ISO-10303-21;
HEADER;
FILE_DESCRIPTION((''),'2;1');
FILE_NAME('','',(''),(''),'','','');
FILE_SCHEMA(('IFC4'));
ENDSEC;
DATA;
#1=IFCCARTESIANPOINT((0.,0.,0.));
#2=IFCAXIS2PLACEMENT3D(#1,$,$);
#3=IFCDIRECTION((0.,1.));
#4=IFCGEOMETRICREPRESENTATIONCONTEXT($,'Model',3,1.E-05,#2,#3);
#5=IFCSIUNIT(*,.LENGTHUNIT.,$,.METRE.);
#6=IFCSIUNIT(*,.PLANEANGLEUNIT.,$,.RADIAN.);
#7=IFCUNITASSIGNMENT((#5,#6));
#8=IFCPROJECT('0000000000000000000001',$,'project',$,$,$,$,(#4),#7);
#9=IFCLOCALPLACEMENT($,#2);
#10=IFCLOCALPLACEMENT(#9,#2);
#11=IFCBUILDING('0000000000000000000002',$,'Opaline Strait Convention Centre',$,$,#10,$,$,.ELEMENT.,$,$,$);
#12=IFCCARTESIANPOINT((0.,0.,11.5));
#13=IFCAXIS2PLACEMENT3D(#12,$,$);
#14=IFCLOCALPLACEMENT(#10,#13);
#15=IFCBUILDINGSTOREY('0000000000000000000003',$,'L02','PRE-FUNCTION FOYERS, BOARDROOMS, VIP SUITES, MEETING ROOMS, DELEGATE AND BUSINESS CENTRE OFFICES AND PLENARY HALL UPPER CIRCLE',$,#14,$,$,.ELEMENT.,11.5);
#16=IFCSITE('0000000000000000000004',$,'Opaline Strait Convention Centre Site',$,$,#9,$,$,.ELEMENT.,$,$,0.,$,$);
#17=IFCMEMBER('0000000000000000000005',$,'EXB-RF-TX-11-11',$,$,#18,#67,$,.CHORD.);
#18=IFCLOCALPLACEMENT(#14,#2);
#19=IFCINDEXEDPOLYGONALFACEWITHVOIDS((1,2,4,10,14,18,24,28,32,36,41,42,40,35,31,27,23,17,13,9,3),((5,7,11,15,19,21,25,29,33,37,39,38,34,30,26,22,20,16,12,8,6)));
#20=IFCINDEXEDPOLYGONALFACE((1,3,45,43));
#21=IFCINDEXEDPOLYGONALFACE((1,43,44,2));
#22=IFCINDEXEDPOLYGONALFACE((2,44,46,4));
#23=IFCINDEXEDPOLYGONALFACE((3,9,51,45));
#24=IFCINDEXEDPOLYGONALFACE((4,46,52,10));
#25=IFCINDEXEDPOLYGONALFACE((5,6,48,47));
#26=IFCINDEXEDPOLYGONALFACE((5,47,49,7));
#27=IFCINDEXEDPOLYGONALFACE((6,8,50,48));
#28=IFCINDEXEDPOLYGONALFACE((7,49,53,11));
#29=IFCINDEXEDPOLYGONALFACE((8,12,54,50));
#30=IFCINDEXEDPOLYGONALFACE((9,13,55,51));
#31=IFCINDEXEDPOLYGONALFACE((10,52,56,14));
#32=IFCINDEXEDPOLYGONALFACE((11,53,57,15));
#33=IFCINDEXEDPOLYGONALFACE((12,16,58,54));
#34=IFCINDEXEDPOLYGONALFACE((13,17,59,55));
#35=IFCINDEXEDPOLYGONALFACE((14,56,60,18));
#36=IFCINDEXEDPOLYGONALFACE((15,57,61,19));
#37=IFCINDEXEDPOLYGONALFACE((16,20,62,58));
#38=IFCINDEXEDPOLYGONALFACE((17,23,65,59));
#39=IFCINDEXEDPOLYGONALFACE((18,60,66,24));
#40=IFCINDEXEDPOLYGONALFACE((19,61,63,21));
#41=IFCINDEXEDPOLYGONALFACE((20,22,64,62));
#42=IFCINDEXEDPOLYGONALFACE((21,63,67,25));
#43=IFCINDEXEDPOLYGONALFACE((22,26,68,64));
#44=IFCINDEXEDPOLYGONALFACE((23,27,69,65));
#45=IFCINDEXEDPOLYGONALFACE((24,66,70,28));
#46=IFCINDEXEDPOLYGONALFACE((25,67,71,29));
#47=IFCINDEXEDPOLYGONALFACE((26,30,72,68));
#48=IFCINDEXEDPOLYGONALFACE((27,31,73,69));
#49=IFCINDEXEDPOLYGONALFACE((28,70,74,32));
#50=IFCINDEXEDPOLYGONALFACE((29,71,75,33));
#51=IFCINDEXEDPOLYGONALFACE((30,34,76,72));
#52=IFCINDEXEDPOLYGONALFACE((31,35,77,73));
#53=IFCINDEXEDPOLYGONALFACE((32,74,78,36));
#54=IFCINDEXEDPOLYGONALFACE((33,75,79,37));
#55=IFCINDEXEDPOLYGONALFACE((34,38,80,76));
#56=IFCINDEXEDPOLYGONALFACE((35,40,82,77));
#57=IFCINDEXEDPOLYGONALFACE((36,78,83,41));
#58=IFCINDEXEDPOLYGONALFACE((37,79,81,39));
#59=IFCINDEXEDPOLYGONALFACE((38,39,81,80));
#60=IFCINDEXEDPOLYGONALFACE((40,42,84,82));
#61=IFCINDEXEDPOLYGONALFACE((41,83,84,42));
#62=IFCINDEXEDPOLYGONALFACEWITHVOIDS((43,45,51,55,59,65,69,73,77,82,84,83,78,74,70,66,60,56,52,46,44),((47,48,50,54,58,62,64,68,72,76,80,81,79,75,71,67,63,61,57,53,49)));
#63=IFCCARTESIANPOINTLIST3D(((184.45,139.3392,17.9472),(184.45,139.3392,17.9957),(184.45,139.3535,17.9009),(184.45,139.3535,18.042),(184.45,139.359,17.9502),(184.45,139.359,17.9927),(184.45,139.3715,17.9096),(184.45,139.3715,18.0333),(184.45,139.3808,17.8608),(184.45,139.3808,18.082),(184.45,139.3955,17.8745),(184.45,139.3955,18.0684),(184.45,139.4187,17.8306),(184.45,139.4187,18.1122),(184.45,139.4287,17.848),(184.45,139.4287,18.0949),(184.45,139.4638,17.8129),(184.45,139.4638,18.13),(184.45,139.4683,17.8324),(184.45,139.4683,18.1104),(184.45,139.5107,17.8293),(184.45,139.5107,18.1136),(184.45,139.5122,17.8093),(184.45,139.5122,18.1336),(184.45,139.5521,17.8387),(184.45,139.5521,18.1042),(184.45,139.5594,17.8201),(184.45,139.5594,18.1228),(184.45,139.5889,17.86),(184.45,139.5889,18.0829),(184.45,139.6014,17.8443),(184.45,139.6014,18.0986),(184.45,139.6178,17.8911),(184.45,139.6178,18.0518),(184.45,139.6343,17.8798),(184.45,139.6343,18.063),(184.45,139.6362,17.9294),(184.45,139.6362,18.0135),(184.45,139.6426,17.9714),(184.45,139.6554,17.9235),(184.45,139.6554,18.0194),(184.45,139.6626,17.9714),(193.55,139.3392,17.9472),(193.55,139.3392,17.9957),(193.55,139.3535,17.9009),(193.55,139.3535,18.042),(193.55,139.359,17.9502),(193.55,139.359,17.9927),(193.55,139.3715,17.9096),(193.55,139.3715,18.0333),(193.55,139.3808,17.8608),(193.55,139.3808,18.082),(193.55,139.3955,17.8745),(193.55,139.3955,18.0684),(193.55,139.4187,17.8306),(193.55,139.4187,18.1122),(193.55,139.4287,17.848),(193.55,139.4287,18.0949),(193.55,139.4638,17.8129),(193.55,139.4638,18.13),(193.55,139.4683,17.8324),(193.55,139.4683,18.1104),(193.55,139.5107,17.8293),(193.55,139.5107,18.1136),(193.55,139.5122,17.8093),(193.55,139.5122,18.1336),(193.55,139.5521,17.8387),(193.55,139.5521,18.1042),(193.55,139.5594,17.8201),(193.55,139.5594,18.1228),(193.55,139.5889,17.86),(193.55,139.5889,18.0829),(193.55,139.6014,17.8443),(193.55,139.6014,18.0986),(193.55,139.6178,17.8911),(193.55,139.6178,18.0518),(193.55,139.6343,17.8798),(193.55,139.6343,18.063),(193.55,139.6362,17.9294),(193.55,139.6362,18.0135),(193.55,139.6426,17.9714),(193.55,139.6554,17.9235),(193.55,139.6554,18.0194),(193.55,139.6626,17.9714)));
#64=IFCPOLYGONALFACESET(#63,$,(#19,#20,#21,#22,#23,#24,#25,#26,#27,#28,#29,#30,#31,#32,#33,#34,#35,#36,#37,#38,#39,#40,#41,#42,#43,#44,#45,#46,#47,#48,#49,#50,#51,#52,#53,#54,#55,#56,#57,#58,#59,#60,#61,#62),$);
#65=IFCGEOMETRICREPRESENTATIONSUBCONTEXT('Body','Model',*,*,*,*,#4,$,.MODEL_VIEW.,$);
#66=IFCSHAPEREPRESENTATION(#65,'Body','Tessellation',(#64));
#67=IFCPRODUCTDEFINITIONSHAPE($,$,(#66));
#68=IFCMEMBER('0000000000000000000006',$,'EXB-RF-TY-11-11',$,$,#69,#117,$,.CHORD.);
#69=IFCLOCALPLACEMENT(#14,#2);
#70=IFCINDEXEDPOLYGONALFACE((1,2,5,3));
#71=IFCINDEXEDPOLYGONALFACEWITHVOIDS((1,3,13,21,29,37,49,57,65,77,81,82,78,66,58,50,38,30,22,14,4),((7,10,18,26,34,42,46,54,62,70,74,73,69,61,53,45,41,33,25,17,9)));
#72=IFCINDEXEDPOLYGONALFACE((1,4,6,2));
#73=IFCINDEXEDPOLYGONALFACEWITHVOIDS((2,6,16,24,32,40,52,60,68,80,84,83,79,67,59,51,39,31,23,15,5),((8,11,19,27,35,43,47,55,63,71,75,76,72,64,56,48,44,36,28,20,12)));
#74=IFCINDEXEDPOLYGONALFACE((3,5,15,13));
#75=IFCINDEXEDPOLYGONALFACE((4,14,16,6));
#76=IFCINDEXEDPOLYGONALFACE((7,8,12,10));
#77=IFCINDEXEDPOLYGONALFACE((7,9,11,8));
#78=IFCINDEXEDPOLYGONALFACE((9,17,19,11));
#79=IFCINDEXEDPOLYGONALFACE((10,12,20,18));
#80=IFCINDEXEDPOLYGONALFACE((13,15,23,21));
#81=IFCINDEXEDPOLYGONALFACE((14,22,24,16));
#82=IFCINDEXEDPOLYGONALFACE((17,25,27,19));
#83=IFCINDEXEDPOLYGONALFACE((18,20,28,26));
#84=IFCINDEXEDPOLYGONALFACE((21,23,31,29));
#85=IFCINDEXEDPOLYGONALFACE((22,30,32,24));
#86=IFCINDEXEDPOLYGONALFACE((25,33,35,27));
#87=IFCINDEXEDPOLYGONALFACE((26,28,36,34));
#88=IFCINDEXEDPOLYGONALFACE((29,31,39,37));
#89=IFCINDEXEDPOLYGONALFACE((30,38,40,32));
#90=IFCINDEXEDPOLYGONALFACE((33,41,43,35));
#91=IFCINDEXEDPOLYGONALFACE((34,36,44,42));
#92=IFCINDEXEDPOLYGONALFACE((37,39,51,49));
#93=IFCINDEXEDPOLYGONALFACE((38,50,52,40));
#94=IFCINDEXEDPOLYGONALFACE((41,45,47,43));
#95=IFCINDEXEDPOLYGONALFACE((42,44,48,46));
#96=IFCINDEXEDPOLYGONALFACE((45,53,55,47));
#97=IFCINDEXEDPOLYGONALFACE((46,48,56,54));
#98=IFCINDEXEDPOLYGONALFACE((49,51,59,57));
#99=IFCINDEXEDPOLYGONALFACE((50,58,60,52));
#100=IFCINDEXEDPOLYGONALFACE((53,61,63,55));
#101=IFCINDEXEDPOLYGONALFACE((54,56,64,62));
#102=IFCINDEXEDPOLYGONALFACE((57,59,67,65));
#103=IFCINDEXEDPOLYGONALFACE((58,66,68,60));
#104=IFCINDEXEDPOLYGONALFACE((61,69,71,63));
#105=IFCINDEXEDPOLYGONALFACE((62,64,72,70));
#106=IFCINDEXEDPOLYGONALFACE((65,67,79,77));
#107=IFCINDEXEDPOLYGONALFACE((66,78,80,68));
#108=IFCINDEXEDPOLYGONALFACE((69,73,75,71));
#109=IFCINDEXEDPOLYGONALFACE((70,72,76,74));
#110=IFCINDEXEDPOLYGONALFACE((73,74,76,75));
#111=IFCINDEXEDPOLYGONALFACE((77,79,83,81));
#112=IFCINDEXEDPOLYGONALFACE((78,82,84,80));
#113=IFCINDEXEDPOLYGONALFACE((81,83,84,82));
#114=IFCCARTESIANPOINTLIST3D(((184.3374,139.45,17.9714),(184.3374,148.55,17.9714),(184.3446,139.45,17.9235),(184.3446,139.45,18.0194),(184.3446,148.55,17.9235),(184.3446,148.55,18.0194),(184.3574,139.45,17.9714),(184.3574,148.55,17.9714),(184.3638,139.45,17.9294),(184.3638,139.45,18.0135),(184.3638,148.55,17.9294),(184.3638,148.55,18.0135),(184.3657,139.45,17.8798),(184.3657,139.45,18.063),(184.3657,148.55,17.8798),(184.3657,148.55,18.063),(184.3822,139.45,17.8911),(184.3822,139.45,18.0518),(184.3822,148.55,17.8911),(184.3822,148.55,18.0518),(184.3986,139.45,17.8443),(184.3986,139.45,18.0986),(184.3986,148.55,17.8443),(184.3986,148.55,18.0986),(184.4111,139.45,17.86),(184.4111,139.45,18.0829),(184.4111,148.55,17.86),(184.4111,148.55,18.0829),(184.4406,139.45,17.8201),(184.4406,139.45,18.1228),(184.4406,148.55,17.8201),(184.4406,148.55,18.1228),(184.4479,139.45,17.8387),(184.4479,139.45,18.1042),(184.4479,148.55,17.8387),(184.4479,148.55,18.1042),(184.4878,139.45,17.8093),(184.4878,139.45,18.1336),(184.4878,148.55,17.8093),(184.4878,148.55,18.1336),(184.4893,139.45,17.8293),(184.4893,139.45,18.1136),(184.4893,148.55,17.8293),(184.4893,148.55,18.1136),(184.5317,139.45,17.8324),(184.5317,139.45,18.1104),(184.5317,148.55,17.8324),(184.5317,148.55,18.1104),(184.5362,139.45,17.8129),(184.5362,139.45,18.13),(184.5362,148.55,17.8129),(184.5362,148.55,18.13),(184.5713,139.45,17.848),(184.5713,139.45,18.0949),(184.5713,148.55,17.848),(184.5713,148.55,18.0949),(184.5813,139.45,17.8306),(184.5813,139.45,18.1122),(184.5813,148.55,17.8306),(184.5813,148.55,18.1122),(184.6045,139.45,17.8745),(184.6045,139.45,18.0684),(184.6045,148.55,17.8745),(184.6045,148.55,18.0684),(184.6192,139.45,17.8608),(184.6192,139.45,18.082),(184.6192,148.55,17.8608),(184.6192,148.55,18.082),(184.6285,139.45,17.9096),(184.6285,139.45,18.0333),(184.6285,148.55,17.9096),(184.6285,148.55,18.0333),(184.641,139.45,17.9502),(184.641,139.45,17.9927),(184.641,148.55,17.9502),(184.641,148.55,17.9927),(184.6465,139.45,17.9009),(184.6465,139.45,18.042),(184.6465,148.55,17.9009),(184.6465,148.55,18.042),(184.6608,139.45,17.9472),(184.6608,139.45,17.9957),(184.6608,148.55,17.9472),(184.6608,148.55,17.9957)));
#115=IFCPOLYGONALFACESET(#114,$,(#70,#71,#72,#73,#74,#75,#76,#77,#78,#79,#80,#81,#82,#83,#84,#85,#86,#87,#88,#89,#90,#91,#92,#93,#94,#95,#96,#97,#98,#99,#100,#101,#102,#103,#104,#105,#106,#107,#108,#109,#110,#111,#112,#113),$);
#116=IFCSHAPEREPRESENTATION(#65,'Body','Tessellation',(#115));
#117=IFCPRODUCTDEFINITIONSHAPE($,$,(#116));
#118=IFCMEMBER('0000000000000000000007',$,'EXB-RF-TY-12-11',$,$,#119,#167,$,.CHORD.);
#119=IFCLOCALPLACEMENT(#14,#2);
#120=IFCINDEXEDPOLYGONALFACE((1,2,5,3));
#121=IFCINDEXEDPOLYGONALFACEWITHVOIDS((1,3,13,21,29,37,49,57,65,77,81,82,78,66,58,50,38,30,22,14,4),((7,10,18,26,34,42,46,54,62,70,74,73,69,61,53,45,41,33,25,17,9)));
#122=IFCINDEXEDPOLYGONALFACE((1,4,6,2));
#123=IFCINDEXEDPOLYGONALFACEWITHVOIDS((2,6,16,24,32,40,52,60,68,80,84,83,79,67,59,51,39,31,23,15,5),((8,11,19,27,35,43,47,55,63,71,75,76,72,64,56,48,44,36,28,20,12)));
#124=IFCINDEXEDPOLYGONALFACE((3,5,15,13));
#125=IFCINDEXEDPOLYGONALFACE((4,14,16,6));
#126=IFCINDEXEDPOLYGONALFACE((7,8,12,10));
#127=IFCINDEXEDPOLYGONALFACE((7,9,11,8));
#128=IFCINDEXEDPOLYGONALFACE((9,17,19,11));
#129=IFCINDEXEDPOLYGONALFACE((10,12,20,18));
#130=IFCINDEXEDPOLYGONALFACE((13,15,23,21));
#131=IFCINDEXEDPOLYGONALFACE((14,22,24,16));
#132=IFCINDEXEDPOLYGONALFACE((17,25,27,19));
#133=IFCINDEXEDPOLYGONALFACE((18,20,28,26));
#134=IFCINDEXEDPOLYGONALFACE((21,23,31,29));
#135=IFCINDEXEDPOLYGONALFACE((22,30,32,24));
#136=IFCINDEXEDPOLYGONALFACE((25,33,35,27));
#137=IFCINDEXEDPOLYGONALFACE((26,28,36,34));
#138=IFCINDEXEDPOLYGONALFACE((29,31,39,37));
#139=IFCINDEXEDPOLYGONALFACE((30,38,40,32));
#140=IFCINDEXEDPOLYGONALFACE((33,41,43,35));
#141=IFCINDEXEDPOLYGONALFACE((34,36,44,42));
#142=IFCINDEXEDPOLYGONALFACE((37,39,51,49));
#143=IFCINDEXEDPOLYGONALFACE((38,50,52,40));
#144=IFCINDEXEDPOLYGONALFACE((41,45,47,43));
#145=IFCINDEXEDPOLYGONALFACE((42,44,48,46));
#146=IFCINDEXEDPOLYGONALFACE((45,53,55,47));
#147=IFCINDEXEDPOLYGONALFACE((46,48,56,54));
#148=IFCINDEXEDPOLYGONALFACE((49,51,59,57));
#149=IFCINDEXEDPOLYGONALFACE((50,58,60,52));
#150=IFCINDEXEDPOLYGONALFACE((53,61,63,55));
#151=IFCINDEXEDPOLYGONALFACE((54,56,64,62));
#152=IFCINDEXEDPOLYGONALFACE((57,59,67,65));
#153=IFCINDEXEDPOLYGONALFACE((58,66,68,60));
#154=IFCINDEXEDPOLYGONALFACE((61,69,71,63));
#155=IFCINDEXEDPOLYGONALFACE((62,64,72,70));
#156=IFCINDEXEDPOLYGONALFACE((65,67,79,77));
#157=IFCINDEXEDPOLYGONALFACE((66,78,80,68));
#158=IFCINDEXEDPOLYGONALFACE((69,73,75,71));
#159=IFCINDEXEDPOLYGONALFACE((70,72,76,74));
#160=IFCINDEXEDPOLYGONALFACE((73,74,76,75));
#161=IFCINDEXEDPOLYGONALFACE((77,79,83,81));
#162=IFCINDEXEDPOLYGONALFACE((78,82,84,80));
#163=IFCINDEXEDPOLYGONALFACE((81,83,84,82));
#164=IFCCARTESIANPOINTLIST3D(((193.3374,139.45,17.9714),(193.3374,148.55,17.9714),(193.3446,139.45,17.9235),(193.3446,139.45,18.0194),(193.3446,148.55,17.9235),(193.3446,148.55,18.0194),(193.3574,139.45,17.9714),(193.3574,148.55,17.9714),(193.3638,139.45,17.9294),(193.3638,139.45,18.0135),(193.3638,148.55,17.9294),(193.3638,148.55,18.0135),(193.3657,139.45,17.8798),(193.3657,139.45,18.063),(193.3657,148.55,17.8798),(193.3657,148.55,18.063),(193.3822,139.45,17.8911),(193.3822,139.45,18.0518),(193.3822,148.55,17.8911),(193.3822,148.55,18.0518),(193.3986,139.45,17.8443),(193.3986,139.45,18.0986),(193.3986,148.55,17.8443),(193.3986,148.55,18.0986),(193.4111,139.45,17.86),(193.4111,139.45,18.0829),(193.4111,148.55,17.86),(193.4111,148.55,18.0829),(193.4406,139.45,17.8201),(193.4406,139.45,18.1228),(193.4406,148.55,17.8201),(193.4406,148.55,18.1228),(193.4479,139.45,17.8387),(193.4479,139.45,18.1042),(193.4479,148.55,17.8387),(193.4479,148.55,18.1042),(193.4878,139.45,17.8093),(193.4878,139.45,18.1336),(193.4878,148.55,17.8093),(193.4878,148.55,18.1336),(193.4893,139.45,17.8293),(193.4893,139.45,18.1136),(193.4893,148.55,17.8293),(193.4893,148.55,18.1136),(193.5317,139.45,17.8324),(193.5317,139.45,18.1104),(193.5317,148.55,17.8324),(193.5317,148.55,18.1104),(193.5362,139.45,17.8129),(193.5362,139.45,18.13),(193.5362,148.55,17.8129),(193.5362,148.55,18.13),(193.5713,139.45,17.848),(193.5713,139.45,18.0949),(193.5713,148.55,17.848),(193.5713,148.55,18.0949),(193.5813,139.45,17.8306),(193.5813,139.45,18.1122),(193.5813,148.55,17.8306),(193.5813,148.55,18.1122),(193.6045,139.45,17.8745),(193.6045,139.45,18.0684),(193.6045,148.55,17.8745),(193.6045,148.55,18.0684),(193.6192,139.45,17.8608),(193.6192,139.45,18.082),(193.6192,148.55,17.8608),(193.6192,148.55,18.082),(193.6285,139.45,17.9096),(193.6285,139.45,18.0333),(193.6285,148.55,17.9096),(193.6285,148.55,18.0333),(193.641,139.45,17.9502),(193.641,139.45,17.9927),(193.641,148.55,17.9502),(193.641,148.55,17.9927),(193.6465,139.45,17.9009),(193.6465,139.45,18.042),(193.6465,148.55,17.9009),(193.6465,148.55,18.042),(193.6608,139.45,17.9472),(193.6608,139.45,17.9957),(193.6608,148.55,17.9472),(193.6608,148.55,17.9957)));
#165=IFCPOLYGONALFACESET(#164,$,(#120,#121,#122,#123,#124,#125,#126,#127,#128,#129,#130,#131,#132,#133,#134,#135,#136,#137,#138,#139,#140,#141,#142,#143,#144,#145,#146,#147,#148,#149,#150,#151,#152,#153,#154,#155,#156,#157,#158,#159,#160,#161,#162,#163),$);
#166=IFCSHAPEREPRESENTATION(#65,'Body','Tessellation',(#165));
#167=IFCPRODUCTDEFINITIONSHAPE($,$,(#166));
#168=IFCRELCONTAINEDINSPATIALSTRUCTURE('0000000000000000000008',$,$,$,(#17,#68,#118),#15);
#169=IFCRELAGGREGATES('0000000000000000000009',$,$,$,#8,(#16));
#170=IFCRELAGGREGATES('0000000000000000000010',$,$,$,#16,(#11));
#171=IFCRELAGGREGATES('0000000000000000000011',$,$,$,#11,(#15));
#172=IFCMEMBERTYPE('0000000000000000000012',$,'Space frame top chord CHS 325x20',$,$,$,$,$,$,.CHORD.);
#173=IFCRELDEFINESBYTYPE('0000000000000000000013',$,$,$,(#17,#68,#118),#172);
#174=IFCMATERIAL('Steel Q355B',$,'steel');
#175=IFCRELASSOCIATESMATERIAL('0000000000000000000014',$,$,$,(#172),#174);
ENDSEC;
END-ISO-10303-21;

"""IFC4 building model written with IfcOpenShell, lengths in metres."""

from ifc_helpers import new_model, si_unit, direction, frame, origin, origin_2d, place, context, subcontext, project, spatial, hollow_circle, extrude, material, material_profile, profile_set, type_object, element, save


model = new_model("IFC4")

# Units and contexts
model_context = context("Model", 3, precision=1e-05, world=origin(), true_north=direction((0.0, 1.0)))
body_context = subcontext(model_context, "Body", "Model", "MODEL_VIEW")
ifc_project = project(units=[si_unit("LENGTHUNIT", "METRE"), si_unit("PLANEANGLEUNIT", "RADIAN")], contexts=[model_context])

# Site, building, storey
site_placement = place(None, origin())
site = spatial("IfcSite", under=ifc_project, at=site_placement, Name="Opaline Strait Convention Centre Site", CompositionType="ELEMENT", RefElevation=0.0)
building_placement = place(site_placement, origin())
building = spatial("IfcBuilding", under=site, at=building_placement, Name="Opaline Strait Convention Centre", CompositionType="ELEMENT")
storey_placement = place(building_placement, frame((0.0, 0.0, 11.5)))
storey = spatial("IfcBuildingStorey", under=building, at=storey_placement, Name="L02", Description="PRE-FUNCTION FOYERS, BOARDROOMS, VIP SUITES, MEETING ROOMS, DELEGATE AND BUSINESS CENTRE OFFICES AND PLENARY HALL UPPER CIRCLE", CompositionType="ELEMENT", Elevation=11.5)

# Members
ifc_material_1 = material(Name="Steel Q355B", Category="steel")
ifc_material_profile_1 = material_profile(ifc_material_1, hollow_circle(Radius=0.1626, WallThickness=0.02, at=origin_2d()), Name="CHS 325x20")
ifc_profile_set_1 = profile_set([ifc_material_profile_1], Name="Steel Q355B")
member_type_1 = type_object("IfcMemberType", Name="Space frame top chord CHS 325x20", PredefinedType="CHORD", material=ifc_profile_set_1)
for number, where, z_axis, x_axis, name in (
    (1, (184.45, 139.5, 17.9714), (1.0, 0.0, 0.0), (0.0, 1.0, 0.0), "EXB-RF-TX-11-11"),
    (2, (184.5, 139.45, 17.9714), (0.0, 1.0, 0.0), (-1.0, 0.0, 0.0), "EXB-RF-TY-11-11"),
    (3, (193.5, 139.45, 17.9714), (0.0, 1.0, 0.0), (-1.0, 0.0, 0.0), "EXB-RF-TY-12-11"),
):
    element("IfcMember", number, at=place(storey_placement, frame(where, z_axis=z_axis, x_axis=x_axis)), inside=storey, type_object=member_type_1, Name=name, PredefinedType="CHORD", context=body_context, shape_type="SweptSolid", body=[
        extrude(hollow_circle(Radius=0.1626, WallThickness=0.02, at=origin_2d()), origin(), (0.0, 0.0, 1.0), 9.1001),
    ])

save(model, "model.ifc")
